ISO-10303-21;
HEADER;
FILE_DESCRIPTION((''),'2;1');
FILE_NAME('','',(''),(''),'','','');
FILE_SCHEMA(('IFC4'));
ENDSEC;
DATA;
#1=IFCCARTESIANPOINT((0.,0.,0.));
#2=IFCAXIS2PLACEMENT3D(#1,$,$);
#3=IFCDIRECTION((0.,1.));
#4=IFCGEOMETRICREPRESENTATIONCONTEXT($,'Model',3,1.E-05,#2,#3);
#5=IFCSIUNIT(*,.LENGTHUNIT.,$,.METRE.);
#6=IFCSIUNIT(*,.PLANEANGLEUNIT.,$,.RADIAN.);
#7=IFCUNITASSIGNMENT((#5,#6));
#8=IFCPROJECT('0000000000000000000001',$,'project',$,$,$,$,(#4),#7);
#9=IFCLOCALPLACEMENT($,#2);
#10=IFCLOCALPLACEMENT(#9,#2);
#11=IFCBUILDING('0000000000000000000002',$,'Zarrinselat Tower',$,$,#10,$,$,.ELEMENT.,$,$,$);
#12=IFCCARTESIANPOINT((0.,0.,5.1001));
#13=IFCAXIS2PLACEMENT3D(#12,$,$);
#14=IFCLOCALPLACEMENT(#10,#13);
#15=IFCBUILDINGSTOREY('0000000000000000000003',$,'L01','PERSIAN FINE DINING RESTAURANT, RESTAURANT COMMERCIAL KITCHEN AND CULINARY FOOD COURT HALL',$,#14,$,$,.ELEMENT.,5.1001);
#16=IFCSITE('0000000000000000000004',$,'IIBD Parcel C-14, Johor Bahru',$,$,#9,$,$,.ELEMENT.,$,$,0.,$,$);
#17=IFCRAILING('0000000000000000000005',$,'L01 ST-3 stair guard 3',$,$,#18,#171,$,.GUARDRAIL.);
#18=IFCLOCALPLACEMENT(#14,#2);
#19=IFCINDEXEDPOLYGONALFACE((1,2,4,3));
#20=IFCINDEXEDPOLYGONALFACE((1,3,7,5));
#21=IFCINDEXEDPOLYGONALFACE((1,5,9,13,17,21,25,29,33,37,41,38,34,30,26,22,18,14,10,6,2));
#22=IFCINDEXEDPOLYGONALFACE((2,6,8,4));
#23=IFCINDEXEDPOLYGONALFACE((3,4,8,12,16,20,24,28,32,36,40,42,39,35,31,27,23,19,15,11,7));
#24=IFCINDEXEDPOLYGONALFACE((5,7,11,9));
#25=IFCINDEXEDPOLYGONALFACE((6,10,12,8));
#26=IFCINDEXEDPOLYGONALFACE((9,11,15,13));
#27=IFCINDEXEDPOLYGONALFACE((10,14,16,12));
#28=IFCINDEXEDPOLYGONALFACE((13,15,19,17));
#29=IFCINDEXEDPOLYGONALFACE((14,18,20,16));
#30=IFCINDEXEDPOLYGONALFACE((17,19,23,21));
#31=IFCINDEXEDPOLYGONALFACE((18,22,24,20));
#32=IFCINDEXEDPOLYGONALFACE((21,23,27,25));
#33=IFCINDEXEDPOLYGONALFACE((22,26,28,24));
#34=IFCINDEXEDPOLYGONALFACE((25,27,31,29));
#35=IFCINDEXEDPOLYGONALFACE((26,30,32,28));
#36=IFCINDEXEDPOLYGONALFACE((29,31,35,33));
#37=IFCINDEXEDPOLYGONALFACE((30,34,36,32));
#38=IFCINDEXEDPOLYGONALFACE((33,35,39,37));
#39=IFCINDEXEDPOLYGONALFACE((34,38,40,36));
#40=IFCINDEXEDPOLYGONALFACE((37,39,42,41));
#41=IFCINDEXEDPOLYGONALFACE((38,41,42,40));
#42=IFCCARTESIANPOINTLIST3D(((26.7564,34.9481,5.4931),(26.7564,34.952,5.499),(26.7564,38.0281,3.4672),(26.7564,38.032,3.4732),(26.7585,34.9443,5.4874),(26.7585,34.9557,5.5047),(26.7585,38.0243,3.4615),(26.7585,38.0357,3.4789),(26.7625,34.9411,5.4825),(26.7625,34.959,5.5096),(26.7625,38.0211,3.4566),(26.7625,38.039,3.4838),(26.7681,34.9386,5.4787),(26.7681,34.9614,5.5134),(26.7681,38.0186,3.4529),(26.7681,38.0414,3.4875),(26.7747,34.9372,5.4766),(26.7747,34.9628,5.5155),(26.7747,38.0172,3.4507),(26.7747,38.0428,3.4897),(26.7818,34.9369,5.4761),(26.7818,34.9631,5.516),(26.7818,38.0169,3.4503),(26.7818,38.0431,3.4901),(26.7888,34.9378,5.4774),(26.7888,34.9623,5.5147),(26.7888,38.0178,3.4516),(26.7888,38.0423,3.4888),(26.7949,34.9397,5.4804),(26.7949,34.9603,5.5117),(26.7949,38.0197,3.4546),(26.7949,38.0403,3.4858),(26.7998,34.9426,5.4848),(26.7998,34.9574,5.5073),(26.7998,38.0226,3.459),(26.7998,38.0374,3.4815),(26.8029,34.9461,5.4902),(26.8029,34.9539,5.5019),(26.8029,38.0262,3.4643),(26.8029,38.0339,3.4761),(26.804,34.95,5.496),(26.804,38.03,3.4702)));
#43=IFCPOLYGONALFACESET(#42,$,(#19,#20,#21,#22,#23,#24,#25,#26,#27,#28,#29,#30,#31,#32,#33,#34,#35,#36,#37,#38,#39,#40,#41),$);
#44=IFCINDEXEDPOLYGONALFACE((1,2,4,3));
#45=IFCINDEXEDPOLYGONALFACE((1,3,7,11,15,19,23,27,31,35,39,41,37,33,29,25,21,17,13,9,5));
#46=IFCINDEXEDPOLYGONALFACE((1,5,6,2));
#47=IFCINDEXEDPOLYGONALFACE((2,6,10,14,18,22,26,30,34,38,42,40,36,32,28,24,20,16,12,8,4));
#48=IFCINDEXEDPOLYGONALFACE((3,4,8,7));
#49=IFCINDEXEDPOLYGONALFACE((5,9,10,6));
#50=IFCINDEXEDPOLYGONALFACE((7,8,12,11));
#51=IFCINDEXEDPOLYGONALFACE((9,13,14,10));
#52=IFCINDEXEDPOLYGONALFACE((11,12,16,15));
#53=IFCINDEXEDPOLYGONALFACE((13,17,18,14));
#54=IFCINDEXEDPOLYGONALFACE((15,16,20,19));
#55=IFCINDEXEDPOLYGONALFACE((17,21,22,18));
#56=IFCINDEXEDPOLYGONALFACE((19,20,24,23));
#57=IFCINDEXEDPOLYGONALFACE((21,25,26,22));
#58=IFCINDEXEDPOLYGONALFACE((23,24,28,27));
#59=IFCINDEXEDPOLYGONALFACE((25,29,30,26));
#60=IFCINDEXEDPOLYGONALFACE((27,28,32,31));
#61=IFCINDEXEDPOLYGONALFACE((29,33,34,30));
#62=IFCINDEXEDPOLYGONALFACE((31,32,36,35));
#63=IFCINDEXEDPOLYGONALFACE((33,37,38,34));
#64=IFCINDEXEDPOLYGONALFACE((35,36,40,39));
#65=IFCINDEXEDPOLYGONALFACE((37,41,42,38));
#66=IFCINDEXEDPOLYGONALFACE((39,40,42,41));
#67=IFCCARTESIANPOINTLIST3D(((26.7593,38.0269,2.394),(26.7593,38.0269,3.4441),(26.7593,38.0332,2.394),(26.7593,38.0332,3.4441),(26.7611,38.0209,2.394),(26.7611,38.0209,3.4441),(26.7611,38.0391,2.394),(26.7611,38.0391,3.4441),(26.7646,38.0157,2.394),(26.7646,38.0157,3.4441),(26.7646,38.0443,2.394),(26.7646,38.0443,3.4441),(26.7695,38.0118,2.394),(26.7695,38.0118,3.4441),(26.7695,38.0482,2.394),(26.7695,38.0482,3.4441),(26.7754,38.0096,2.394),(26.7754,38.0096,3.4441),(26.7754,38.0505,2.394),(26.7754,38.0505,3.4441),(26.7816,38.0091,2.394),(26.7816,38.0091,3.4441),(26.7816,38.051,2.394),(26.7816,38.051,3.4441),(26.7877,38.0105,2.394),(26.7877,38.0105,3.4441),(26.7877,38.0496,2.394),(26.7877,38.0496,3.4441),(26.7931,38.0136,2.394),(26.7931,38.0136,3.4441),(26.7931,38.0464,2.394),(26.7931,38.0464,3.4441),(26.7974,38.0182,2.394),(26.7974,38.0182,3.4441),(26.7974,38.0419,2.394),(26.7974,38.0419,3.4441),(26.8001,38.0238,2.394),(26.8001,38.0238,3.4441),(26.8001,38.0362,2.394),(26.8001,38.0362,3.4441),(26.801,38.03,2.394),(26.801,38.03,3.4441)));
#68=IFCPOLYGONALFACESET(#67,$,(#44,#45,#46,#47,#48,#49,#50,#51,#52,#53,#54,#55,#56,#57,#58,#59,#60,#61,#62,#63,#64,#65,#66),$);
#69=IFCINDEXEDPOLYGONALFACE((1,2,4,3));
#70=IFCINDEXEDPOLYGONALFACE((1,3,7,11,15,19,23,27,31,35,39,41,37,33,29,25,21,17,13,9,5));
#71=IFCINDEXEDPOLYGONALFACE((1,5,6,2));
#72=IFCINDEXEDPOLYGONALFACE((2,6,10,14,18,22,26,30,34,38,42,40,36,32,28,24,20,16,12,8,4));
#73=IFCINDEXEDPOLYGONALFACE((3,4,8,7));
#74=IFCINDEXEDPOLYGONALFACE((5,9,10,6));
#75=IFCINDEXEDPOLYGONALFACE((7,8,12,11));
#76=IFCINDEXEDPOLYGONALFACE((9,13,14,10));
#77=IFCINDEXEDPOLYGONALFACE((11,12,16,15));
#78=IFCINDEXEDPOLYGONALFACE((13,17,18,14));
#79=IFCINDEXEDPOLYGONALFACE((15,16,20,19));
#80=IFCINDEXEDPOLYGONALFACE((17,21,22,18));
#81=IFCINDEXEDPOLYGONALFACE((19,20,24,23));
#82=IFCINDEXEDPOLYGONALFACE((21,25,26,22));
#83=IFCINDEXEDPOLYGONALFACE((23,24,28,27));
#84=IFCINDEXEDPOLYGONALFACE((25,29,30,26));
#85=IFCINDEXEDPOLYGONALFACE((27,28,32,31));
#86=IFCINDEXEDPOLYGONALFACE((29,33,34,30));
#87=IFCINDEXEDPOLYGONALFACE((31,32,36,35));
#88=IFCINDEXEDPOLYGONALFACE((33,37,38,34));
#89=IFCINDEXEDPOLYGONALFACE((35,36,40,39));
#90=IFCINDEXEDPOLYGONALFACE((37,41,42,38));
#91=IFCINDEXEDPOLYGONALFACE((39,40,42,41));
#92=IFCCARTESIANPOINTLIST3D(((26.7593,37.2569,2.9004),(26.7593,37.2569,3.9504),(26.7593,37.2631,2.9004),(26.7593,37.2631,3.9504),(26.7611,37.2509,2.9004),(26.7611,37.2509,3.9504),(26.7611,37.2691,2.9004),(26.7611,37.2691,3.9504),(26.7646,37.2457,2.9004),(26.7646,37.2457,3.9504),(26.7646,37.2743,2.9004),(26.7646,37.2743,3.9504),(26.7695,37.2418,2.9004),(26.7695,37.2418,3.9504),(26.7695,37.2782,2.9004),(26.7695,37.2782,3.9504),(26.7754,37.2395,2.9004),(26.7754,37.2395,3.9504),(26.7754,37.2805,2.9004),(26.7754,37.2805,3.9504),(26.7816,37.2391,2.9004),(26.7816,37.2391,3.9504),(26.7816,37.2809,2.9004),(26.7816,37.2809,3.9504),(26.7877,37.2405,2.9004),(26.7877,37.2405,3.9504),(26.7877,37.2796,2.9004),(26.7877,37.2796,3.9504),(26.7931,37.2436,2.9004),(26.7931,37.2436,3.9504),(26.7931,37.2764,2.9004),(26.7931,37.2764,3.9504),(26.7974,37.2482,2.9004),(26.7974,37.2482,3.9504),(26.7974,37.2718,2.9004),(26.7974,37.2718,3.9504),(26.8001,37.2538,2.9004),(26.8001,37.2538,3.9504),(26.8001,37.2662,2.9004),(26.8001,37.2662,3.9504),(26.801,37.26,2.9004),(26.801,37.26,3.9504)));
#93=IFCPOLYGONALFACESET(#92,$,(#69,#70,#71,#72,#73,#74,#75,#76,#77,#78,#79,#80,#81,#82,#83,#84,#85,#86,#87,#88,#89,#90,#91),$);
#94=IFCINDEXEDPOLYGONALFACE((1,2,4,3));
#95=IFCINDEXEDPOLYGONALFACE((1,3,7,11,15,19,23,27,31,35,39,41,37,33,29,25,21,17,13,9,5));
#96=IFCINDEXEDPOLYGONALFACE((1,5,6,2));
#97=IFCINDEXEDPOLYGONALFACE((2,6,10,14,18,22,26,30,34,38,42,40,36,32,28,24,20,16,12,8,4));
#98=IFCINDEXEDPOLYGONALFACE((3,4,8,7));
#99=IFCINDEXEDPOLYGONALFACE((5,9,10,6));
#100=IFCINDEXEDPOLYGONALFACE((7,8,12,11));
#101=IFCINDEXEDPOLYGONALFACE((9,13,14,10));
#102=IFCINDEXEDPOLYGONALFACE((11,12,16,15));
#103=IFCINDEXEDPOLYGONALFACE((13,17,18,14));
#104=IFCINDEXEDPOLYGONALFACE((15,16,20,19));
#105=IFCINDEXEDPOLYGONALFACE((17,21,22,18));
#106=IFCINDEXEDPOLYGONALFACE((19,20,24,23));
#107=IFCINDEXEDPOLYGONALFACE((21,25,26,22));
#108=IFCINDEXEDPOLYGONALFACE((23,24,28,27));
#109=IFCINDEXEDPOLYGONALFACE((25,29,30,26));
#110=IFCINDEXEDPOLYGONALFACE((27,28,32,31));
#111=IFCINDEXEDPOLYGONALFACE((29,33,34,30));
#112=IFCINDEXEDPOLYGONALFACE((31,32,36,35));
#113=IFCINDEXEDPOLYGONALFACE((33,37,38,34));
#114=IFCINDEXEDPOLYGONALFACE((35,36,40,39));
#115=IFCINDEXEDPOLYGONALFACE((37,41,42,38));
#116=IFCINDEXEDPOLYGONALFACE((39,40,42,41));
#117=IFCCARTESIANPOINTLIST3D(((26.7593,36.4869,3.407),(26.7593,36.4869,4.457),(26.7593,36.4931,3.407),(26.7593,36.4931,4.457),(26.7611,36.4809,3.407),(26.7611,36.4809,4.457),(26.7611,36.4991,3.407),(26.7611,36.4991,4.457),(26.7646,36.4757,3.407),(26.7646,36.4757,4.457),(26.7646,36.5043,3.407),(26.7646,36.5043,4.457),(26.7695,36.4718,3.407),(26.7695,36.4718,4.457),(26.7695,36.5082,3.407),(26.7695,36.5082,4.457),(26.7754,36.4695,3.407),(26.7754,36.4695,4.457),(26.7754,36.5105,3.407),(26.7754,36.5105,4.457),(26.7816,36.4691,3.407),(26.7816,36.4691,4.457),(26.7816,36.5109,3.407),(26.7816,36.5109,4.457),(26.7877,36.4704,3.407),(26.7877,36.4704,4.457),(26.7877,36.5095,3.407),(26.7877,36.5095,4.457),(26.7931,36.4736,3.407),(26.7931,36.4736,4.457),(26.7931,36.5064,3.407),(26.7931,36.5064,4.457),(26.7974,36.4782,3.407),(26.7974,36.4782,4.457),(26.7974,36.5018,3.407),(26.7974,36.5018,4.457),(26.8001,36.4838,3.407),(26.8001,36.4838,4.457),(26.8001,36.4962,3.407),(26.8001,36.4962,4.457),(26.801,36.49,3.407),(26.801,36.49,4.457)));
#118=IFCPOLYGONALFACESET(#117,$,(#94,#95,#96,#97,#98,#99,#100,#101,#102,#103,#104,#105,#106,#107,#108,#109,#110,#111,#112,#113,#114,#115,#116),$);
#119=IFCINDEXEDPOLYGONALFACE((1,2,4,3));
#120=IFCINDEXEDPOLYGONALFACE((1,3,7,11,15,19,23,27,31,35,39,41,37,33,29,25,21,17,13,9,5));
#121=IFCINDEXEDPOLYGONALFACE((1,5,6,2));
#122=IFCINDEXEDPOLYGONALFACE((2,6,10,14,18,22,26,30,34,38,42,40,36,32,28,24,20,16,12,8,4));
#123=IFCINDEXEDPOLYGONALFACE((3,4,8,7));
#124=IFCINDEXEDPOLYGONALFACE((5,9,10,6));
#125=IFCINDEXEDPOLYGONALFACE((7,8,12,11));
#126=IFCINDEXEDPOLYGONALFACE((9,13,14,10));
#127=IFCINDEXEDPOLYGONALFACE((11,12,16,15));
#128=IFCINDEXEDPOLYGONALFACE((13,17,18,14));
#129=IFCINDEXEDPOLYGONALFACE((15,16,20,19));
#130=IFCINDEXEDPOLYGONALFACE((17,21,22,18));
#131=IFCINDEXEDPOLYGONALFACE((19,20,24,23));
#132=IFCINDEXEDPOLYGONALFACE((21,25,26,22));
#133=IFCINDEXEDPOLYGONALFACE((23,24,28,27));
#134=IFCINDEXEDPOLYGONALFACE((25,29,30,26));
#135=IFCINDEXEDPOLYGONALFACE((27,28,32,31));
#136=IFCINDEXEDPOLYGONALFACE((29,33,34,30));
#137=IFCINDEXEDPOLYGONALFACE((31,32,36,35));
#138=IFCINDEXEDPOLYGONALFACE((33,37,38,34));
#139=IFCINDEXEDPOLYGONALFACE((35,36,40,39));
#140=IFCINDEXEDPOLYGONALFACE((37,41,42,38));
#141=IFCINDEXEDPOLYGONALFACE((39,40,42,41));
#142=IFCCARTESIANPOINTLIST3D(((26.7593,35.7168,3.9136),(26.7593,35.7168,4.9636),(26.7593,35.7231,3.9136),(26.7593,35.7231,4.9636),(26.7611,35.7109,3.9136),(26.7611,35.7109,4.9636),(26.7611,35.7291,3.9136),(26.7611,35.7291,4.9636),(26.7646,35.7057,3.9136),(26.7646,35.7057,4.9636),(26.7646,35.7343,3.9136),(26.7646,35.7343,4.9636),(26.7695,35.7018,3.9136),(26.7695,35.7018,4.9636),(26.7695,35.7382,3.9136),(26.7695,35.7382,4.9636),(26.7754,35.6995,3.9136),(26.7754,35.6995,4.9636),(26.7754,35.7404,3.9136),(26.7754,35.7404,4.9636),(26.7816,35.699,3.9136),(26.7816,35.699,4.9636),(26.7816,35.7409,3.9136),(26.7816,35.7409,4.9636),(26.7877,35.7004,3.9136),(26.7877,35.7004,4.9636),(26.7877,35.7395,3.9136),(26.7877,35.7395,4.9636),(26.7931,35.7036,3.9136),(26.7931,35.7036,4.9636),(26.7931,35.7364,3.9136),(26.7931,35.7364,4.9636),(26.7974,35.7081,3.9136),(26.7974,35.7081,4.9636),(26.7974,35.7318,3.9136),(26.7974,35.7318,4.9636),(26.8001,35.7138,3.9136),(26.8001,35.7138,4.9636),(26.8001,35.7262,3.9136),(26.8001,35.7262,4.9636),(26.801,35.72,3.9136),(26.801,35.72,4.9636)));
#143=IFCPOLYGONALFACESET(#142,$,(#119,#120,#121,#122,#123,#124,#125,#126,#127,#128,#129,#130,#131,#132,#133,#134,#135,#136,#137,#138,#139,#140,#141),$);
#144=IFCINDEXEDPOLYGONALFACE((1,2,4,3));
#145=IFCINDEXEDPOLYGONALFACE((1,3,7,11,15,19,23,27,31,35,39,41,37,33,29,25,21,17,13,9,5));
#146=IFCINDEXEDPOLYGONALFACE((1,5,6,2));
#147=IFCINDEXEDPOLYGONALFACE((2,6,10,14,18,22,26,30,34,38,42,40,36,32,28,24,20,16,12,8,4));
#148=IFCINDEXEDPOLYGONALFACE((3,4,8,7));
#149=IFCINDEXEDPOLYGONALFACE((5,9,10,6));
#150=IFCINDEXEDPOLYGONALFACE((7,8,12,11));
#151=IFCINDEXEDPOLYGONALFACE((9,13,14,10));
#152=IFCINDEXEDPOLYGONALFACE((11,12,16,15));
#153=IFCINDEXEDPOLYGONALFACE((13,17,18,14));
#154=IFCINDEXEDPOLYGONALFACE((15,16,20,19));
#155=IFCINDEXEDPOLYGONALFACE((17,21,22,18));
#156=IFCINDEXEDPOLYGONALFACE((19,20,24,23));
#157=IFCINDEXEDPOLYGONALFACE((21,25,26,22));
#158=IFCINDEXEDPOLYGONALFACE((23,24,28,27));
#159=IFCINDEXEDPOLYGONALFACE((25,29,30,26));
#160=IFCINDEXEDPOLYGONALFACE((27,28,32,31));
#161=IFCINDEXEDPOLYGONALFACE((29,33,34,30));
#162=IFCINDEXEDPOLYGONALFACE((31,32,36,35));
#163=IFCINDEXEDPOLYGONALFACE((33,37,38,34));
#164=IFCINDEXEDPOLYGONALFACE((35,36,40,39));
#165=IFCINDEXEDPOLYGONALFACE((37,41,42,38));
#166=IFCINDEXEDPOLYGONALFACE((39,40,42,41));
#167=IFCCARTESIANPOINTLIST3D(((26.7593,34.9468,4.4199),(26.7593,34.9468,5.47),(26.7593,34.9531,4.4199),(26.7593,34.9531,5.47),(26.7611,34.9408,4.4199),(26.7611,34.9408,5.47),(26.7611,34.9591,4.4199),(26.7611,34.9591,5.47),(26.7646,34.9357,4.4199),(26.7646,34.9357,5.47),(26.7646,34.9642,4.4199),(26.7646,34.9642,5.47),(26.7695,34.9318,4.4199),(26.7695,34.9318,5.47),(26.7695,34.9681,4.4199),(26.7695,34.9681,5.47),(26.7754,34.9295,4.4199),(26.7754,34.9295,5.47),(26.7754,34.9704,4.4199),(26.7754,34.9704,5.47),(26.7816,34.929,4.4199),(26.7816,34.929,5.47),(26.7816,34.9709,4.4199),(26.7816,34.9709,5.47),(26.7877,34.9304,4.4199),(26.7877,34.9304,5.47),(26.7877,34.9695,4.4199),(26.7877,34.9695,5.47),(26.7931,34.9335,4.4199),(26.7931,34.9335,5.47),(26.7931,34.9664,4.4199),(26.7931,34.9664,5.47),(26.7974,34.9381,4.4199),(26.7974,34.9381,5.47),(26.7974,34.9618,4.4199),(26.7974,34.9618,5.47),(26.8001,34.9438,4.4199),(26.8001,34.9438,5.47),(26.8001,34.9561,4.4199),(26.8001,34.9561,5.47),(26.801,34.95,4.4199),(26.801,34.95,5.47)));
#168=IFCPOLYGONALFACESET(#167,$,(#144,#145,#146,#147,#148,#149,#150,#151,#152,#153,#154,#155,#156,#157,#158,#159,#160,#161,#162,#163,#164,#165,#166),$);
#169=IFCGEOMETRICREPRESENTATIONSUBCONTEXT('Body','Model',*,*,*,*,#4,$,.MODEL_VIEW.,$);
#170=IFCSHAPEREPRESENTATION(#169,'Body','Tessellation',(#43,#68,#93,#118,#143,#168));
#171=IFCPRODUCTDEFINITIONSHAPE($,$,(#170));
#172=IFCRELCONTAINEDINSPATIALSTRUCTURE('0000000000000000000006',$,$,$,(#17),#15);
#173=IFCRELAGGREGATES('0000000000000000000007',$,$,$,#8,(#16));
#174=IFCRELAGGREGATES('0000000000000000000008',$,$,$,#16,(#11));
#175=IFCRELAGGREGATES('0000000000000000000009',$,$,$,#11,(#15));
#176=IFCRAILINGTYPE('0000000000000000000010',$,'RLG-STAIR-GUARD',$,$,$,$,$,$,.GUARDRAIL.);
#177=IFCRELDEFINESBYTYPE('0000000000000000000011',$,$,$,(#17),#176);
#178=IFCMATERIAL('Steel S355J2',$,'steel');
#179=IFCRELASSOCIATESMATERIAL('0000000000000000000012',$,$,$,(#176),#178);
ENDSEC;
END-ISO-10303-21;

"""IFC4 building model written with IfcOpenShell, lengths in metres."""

from ifc_helpers import new_model, si_unit, direction, frame, origin, origin_2d, place, context, subcontext, project, spatial, circle, extrude, material, type_object, element, save


model = new_model("IFC4")

# Units and contexts
model_context = context("Model", 3, precision=1e-05, world=origin(), true_north=direction((0.0, 1.0)))
body_context = subcontext(model_context, "Body", "Model", "MODEL_VIEW")
ifc_project = project(units=[si_unit("LENGTHUNIT", "METRE"), si_unit("PLANEANGLEUNIT", "RADIAN")], contexts=[model_context])

# Site, building, storey
site_placement = place(None, origin())
site = spatial("IfcSite", under=ifc_project, at=site_placement, Name="IIBD Parcel C-14, Johor Bahru", CompositionType="ELEMENT", RefElevation=0.0)
building_placement = place(site_placement, origin())
building = spatial("IfcBuilding", under=site, at=building_placement, Name="Zarrinselat Tower", CompositionType="ELEMENT")
storey_placement = place(building_placement, frame((0.0, 0.0, 5.1001)))
storey = spatial("IfcBuildingStorey", under=building, at=storey_placement, Name="L01", Description="PERSIAN FINE DINING RESTAURANT, RESTAURANT COMMERCIAL KITCHEN AND CULINARY FOOD COURT HALL", CompositionType="ELEMENT", Elevation=5.1001)

# Railing
ifc_material_1 = material(Name="Steel S355J2", Category="steel")
railing_type_1 = type_object("IfcRailingType", Name="RLG-STAIR-GUARD", PredefinedType="GUARDRAIL", material=ifc_material_1)
railing_1_placement = place(storey_placement, frame((26.78, 38.03, 2.394)))
element("IfcRailing", 1, at=railing_1_placement, inside=storey, type_object=railing_type_1, Name="L01 ST-3 stair guard 3", PredefinedType="GUARDRAIL", context=body_context, shape_type="SweptSolid", body=[
    extrude(circle(Radius=0.0239, at=origin_2d()), frame((0.0, 0.0, 1.0762), z_axis=(0.0, -0.835478, 0.549524), x_axis=(1.0, 0.0, 0.0)), (0.0, 0.0, 1.0), 3.6865),
    extrude(circle(Radius=0.021, at=origin_2d()), origin(), (0.0, 0.0, 1.0), 1.05),
    extrude(circle(Radius=0.021, at=origin_2d()), frame((0.0, -0.77, 0.5063)), (0.0, 0.0, 1.0), 1.05),
    extrude(circle(Radius=0.021, at=origin_2d()), frame((0.0, -1.54, 1.0129)), (0.0, 0.0, 1.0), 1.05),
    extrude(circle(Radius=0.021, at=origin_2d()), frame((0.0, -2.3101, 1.5195)), (0.0, 0.0, 1.0), 1.05),
    extrude(circle(Radius=0.021, at=origin_2d()), frame((0.0, -3.0801, 2.0259)), (0.0, 0.0, 1.0), 1.05),
])

save(model, "model.ifc")
